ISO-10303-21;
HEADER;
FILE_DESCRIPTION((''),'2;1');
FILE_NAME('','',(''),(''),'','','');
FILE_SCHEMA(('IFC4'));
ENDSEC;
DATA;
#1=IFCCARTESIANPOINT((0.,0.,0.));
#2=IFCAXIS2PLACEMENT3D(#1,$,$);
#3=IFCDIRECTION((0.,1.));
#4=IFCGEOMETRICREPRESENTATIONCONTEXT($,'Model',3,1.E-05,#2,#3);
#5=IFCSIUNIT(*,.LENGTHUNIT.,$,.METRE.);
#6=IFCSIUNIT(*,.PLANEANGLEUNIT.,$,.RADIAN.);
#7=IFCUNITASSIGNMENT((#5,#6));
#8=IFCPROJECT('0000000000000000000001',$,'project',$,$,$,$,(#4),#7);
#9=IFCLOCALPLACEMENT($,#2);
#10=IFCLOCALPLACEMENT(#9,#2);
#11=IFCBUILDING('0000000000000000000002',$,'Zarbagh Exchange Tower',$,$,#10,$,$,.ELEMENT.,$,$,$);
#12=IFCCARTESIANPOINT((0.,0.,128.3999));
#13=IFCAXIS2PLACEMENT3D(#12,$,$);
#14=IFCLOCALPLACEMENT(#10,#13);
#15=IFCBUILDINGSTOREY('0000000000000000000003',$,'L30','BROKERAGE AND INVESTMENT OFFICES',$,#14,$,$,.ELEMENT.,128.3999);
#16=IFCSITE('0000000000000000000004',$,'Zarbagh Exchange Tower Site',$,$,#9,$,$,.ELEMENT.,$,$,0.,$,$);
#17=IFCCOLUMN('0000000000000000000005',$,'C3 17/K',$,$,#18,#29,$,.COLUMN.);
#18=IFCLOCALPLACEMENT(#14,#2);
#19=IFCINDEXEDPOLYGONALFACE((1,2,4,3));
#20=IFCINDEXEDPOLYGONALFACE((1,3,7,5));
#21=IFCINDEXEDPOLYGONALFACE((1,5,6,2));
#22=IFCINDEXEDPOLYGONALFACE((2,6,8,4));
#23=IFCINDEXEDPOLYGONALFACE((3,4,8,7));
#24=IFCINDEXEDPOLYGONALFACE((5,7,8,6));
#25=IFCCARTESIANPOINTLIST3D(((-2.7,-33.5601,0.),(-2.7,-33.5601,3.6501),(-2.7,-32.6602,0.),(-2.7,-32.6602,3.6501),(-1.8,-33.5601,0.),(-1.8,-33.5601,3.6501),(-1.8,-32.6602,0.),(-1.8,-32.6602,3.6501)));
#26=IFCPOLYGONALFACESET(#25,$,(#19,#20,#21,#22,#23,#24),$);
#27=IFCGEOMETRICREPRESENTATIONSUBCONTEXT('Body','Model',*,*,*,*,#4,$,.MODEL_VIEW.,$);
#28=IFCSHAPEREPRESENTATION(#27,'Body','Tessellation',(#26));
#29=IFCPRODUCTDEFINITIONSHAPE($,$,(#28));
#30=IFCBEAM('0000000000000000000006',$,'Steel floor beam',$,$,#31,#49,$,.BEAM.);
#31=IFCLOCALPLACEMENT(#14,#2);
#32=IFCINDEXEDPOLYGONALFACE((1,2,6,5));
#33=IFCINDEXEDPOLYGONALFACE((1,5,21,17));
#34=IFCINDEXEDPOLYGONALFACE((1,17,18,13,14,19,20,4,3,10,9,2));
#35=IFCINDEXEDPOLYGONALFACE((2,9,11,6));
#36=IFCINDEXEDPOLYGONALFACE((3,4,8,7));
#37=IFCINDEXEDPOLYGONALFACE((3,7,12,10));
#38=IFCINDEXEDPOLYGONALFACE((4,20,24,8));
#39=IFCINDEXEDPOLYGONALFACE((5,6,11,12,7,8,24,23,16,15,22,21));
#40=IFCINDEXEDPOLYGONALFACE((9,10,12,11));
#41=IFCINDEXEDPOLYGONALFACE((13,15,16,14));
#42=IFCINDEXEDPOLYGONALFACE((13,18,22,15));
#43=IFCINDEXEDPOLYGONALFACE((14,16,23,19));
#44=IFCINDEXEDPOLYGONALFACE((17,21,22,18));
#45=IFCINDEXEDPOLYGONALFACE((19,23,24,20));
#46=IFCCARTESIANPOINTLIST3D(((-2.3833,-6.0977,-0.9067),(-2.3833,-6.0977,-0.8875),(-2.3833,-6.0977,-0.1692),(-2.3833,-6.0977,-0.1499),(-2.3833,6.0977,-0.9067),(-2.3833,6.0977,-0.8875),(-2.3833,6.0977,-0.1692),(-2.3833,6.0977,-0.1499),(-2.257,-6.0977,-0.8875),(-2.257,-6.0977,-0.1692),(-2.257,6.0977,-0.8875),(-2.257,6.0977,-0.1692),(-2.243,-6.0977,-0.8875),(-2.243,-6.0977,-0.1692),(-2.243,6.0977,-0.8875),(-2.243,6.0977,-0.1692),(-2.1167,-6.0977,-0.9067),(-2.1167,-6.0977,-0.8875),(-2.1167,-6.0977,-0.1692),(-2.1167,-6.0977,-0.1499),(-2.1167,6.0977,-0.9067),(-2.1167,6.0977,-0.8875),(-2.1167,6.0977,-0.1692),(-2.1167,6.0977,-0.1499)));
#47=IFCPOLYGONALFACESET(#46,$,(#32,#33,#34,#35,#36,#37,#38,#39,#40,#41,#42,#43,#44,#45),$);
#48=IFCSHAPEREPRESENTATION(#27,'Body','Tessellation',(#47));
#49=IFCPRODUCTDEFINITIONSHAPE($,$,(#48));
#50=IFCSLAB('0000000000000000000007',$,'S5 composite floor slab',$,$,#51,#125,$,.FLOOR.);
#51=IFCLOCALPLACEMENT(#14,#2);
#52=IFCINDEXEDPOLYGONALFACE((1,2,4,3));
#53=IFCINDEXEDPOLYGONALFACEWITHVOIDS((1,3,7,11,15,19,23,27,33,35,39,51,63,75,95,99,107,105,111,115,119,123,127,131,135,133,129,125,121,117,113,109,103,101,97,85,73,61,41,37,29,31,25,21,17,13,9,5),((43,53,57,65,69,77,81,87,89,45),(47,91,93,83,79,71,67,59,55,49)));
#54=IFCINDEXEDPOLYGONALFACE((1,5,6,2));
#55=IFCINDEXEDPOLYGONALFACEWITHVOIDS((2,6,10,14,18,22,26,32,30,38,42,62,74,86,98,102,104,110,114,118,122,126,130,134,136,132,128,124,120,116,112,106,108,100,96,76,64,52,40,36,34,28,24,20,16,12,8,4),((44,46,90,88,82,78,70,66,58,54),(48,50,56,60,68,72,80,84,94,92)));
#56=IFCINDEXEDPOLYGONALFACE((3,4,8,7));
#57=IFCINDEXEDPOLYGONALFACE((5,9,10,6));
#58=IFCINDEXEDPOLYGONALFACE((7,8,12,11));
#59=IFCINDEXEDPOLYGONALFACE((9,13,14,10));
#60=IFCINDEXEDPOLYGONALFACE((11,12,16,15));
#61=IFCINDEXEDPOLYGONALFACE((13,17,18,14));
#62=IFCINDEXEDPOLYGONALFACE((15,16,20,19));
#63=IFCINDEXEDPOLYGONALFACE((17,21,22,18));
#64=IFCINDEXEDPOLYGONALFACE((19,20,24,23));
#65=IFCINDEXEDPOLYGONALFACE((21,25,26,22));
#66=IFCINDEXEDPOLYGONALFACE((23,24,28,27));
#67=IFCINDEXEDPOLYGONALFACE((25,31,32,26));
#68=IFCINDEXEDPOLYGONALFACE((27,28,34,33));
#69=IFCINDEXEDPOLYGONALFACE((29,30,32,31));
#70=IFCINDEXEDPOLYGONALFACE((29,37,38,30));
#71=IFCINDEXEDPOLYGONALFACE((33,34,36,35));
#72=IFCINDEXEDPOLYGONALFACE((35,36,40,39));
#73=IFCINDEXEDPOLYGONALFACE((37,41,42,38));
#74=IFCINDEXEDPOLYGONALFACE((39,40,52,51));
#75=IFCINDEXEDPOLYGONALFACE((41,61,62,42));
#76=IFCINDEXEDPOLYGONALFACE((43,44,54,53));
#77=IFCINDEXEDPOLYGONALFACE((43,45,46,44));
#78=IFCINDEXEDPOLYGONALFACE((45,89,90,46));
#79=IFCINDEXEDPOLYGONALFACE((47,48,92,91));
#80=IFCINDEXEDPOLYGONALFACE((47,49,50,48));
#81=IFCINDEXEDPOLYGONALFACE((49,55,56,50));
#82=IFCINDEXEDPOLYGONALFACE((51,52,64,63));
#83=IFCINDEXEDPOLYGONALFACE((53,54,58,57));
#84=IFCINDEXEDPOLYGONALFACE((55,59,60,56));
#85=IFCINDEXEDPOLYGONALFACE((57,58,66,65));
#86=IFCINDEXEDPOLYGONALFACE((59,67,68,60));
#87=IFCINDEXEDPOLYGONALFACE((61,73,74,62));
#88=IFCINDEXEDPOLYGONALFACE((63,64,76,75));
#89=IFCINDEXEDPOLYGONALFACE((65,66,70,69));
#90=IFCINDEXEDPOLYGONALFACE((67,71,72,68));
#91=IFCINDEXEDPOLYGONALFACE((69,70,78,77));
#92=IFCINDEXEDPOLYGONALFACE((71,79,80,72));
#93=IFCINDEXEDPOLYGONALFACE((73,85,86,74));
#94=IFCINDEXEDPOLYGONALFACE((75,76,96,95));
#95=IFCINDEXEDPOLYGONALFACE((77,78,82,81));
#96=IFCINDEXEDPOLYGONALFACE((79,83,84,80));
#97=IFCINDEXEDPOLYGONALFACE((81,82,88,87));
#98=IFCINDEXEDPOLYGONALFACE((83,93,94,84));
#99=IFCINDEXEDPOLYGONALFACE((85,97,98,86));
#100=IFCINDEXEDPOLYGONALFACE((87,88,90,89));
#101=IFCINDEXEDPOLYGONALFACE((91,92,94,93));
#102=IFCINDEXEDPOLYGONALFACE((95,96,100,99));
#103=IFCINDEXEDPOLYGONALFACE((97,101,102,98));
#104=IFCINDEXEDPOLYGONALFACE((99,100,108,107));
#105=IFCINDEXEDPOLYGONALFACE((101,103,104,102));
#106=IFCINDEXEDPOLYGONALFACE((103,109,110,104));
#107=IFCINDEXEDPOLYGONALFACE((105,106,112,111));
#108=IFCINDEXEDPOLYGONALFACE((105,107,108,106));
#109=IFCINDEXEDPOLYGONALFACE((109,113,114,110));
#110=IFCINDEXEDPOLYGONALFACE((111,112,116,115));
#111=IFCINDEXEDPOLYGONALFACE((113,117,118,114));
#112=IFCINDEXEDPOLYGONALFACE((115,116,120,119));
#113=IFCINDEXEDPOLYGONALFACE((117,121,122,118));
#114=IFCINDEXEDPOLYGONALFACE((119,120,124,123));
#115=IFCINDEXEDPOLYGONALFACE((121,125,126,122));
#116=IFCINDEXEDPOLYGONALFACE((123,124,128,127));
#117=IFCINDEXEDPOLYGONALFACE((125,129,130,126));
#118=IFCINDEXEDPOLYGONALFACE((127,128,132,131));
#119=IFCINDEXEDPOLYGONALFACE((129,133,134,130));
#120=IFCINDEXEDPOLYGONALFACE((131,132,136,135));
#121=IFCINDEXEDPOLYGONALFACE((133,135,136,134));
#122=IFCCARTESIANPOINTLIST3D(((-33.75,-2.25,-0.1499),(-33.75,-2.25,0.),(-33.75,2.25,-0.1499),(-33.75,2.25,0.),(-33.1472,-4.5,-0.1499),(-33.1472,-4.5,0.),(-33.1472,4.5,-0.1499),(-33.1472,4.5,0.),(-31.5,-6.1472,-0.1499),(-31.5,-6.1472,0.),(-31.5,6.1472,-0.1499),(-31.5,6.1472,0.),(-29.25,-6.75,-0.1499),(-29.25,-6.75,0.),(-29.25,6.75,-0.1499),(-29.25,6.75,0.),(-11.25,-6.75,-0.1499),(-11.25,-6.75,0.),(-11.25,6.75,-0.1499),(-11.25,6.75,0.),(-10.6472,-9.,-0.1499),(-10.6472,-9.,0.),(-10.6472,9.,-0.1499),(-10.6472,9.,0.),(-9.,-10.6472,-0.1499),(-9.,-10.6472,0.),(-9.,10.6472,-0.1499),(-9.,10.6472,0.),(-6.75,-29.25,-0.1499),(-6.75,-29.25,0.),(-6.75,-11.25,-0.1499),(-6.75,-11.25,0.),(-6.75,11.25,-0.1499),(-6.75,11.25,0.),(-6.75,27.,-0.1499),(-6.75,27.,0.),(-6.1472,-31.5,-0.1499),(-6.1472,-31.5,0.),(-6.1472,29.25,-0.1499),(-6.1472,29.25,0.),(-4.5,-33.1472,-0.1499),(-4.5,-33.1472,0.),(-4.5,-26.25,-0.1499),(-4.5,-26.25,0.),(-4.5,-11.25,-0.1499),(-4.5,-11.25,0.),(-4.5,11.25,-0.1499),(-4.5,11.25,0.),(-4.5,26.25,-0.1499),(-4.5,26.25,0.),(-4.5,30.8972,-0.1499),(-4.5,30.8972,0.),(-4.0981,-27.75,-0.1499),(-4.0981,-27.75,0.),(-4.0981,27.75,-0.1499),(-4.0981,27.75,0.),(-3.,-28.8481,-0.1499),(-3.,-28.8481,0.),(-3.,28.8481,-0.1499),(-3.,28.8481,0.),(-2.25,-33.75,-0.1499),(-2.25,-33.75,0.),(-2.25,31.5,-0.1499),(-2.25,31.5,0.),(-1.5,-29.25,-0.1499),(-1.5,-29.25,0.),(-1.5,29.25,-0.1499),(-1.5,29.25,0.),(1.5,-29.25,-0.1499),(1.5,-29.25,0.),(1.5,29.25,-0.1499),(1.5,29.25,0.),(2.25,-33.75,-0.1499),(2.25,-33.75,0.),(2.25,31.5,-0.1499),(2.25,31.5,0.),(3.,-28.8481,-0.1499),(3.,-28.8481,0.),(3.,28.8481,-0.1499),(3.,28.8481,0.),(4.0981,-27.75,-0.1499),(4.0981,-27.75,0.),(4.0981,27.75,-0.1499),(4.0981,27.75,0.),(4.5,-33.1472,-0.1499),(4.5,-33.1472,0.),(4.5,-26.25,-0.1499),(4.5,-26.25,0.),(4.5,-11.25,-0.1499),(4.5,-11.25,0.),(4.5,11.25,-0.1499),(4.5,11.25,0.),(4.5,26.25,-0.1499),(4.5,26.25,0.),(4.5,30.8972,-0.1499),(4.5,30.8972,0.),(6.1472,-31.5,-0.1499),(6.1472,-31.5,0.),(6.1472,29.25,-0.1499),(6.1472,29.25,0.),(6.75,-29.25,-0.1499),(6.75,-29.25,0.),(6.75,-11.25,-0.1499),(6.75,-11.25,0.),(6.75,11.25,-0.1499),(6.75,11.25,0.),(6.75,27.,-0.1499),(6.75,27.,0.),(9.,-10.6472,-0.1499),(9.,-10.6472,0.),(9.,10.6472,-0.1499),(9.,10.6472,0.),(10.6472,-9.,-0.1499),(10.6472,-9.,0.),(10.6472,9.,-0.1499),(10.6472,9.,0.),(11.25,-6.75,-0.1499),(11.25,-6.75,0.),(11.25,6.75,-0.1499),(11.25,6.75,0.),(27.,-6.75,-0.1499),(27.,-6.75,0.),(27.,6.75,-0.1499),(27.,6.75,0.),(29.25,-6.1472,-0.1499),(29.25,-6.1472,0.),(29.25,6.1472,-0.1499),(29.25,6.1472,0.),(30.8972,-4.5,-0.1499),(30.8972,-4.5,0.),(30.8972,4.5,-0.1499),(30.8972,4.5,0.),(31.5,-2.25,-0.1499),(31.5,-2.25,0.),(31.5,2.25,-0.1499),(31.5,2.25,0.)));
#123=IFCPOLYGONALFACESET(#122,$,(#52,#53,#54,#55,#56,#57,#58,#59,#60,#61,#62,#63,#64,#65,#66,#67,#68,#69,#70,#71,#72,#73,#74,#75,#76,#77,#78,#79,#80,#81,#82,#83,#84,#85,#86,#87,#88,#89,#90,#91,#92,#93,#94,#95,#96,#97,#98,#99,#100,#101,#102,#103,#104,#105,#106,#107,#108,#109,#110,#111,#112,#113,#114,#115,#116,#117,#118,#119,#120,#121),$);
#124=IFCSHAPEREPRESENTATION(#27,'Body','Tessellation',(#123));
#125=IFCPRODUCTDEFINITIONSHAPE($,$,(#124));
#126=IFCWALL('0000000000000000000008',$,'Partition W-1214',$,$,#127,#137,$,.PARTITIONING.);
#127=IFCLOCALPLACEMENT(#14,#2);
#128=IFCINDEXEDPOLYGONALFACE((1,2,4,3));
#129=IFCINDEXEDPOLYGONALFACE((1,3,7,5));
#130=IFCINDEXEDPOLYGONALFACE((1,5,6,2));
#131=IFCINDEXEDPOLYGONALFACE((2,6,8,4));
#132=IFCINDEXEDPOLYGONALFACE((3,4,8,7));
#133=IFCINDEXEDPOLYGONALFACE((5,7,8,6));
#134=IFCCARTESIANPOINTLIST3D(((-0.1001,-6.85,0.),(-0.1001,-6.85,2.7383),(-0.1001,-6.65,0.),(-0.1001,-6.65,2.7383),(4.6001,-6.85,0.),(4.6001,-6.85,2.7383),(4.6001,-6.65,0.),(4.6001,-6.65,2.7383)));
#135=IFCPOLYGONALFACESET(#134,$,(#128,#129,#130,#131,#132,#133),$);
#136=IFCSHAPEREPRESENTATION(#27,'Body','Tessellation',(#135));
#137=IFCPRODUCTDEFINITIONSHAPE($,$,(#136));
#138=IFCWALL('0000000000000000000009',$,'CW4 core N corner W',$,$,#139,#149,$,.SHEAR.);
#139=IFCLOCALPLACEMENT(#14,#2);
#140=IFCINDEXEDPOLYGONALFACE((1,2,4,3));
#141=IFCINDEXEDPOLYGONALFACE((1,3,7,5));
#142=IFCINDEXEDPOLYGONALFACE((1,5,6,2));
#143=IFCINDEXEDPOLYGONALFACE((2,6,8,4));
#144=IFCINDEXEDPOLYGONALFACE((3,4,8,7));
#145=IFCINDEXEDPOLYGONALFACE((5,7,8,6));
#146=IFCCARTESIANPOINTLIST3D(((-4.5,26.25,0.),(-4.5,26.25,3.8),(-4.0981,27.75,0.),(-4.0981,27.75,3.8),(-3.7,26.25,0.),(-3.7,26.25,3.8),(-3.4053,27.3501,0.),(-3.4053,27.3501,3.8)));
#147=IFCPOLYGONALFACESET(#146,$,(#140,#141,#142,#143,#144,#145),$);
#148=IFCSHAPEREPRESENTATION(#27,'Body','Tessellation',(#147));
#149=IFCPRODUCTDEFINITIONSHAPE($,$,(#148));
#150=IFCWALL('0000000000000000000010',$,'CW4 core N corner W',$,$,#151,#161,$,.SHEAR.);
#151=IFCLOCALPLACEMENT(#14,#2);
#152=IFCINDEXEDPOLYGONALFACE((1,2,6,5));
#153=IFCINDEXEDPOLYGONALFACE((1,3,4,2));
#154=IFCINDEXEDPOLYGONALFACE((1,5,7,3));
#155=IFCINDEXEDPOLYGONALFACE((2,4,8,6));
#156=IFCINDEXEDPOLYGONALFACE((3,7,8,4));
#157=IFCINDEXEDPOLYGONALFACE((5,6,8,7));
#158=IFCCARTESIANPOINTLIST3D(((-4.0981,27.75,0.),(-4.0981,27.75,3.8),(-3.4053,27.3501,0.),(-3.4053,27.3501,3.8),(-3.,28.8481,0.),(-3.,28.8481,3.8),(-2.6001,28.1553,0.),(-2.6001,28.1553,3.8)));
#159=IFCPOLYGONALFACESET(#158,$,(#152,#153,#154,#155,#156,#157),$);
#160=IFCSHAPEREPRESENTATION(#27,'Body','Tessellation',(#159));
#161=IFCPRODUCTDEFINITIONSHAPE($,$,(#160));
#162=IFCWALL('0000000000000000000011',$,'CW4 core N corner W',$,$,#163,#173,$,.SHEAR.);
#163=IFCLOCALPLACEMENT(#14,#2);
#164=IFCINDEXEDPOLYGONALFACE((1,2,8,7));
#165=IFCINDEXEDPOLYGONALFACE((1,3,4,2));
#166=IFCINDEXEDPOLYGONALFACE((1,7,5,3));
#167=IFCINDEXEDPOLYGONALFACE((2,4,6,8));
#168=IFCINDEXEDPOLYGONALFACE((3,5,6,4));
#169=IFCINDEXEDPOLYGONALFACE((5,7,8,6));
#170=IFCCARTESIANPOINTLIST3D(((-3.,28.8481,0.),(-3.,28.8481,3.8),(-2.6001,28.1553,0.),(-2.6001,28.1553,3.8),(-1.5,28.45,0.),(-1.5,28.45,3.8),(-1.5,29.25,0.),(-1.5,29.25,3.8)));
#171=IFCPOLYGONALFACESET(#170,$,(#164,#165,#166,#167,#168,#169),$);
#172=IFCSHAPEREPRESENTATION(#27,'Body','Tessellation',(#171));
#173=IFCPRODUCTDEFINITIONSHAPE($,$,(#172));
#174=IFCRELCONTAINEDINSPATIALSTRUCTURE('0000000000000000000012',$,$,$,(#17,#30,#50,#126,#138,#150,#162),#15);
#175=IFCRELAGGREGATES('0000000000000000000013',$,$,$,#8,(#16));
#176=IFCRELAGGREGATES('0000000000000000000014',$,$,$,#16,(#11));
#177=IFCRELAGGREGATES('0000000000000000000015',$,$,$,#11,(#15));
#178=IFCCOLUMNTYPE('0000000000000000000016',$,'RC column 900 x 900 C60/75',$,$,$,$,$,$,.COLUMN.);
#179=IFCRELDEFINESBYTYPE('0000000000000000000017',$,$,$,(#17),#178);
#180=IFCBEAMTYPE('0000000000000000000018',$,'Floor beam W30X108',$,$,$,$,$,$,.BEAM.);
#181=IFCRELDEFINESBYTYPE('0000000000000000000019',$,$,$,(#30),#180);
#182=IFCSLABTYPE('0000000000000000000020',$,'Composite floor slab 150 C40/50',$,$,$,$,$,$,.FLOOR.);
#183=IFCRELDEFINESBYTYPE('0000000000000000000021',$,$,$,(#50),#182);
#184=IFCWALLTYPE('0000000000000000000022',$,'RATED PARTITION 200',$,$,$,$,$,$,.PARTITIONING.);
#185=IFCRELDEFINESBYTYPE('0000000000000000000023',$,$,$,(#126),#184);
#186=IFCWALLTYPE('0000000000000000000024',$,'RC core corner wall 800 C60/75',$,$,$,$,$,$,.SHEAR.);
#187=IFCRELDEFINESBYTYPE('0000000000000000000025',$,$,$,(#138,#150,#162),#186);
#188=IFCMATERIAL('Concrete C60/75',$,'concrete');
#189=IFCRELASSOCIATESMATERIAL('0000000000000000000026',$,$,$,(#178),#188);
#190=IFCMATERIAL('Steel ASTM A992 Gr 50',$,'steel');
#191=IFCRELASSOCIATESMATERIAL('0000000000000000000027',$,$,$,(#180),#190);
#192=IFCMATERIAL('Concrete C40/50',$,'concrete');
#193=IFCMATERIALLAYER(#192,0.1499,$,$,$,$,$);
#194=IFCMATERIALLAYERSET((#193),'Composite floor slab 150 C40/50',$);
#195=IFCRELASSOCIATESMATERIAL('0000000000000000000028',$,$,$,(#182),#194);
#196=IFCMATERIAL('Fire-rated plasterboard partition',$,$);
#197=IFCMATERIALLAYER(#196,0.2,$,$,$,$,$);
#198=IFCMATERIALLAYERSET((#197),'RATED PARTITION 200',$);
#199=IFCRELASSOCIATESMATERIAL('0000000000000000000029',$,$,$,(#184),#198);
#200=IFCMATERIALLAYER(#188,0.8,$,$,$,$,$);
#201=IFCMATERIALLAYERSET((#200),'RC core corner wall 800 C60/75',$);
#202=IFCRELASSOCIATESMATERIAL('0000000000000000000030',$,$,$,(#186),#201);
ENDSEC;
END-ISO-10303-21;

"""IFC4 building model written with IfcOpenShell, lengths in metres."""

from ifc_helpers import new_model, si_unit, direction, frame, frame_2d, origin, origin_2d, place, context, subcontext, project, spatial, polyline, rectangle, i_section, outline, extrude, material, layer, layer_set, material_profile, profile_set, type_object, element, save


model = new_model("IFC4")

# Units and contexts
model_context = context("Model", 3, precision=1e-05, world=origin(), true_north=direction((0.0, 1.0)))
body_context = subcontext(model_context, "Body", "Model", "MODEL_VIEW")
ifc_project = project(units=[si_unit("LENGTHUNIT", "METRE"), si_unit("PLANEANGLEUNIT", "RADIAN")], contexts=[model_context])

# Site, building, storey
site_placement = place(None, origin())
site = spatial("IfcSite", under=ifc_project, at=site_placement, Name="Zarbagh Exchange Tower Site", CompositionType="ELEMENT", RefElevation=0.0)
building_placement = place(site_placement, origin())
building = spatial("IfcBuilding", under=site, at=building_placement, Name="Zarbagh Exchange Tower", CompositionType="ELEMENT")
storey_placement = place(building_placement, frame((0.0, 0.0, 128.3999)))
storey = spatial("IfcBuildingStorey", under=building, at=storey_placement, Name="L30", Description="BROKERAGE AND INVESTMENT OFFICES", CompositionType="ELEMENT", Elevation=128.3999)

# Column
ifc_material_1 = material(Name="Concrete C60/75", Category="concrete")
ifc_material_profile_1 = material_profile(ifc_material_1, rectangle(XDim=0.8999, YDim=0.8999, at=origin_2d()), Name="RC column 900 x 900 C60/75")
ifc_profile_set_1 = profile_set([ifc_material_profile_1], Name="Concrete C60/75")
column_type = type_object("IfcColumnType", Name="RC column 900 x 900 C60/75", PredefinedType="COLUMN", material=ifc_profile_set_1)
column_placement = place(storey_placement, frame((-2.25, -33.1101, 0.0), z_axis=(0.0, 0.0, 1.0), x_axis=(1.0, 0.0, 0.0)))
element("IfcColumn", 1, at=column_placement, inside=storey, type_object=column_type, Name="C3 17/K", PredefinedType="COLUMN", context=body_context, shape_type="SweptSolid", body=[
    extrude(rectangle(XDim=0.8999, YDim=0.8999, at=origin_2d()), origin(), (0.0, 0.0, 1.0), 3.6501),
])

# Beam
ifc_material_2 = material(Name="Steel ASTM A992 Gr 50", Category="steel")
ifc_material_profile_2 = material_profile(ifc_material_2, i_section(OverallWidth=0.2666, OverallDepth=0.7568, WebThickness=0.0139, FlangeThickness=0.0193, at=origin_2d()), Name="W30X108")
ifc_profile_set_2 = profile_set([ifc_material_profile_2], Name="Steel ASTM A992 Gr 50")
beam_type = type_object("IfcBeamType", Name="Floor beam W30X108", PredefinedType="BEAM", material=ifc_profile_set_2)
beam_placement = place(storey_placement, frame((-2.25, -6.0977, -0.5283), z_axis=(0.0, 1.0, 0.0), x_axis=(-1.0, 0.0, 0.0)))
element("IfcBeam", 2, at=beam_placement, inside=storey, type_object=beam_type, Name="Steel floor beam", PredefinedType="BEAM", context=body_context, shape_type="SweptSolid", body=[
    extrude(i_section(OverallWidth=0.2666, OverallDepth=0.7568, WebThickness=0.0139, FlangeThickness=0.0193, at=origin_2d()), origin(), (0.0, 0.0, 1.0), 12.1953),
])

# Slab
ifc_material_3 = material(Name="Concrete C40/50", Category="concrete")
ifc_layer_1 = layer(ifc_material_3, 0.1499)
ifc_layer_set_1 = layer_set([ifc_layer_1], Name="Composite floor slab 150 C40/50")
slab_type = type_object("IfcSlabType", Name="Composite floor slab 150 C40/50", PredefinedType="FLOOR", material=ifc_layer_set_1)
slab_placement = place(storey_placement, frame((0.0, 0.0, -0.1499)))
element("IfcSlab", 3, at=slab_placement, inside=storey, type_object=slab_type, Name="S5 composite floor slab", PredefinedType="FLOOR", context=body_context, shape_type="SweptSolid", body=[
    extrude(outline(polyline([(-2.25, -33.75), (-4.5, -33.1472), (-6.1472, -31.5), (-6.75, -29.25), (-6.75, -11.25), (-9.0, -10.6472), (-10.6472, -9.0), (-11.25, -6.75), (-29.25, -6.75), (-31.5, -6.1472), (-33.1472, -4.5), (-33.75, -2.25), (-33.75, 2.25), (-33.1472, 4.5), (-31.5, 6.1472), (-29.25, 6.75), (-11.25, 6.75), (-10.6472, 9.0), (-9.0, 10.6472), (-6.75, 11.25), (-6.75, 27.0), (-6.1472, 29.25), (-4.5, 30.8972), (-2.25, 31.5), (2.25, 31.5), (4.5, 30.8972), (6.1472, 29.25), (6.75, 27.0), (6.75, 11.25), (9.0, 10.6472), (10.6472, 9.0), (11.25, 6.75), (27.0, 6.75), (29.25, 6.1472), (30.8972, 4.5), (31.5, 2.25), (31.5, -2.25), (30.8972, -4.5), (29.25, -6.1472), (27.0, -6.75), (11.25, -6.75), (10.6472, -9.0), (9.0, -10.6472), (6.75, -11.25), (6.75, -29.25), (6.1472, -31.5), (4.5, -33.1472), (2.25, -33.75), (-2.25, -33.75)]), holes=[polyline([(4.5, 11.25), (4.5, 26.25), (4.0981, 27.75), (3.0, 28.8481), (1.5, 29.25), (-1.5, 29.25), (-3.0, 28.8481), (-4.0981, 27.75), (-4.5, 26.25), (-4.5, 11.25), (4.5, 11.25)]), polyline([(-1.5, -29.25), (1.5, -29.25), (3.0, -28.8481), (4.0981, -27.75), (4.5, -26.25), (4.5, -11.25), (-4.5, -11.25), (-4.5, -26.25), (-4.0981, -27.75), (-3.0, -28.8481), (-1.5, -29.25)])]), origin(), (0.0, 0.0, 1.0), 0.1499),
])

# Walls
ifc_material_4 = material(Name="Fire-rated plasterboard partition")
ifc_layer_2 = layer(ifc_material_4, 0.2)
ifc_layer_set_2 = layer_set([ifc_layer_2], Name="RATED PARTITION 200")
wall_type_1 = type_object("IfcWallType", Name="RATED PARTITION 200", PredefinedType="PARTITIONING", material=ifc_layer_set_2)
wall_1_placement = place(storey_placement, frame((-0.1001, -6.75, 0.0), z_axis=(0.0, 0.0, 1.0), x_axis=(1.0, 0.0, 0.0)))
element("IfcWall", 4, at=wall_1_placement, inside=storey, type_object=wall_type_1, Name="Partition W-1214", PredefinedType="PARTITIONING", context=body_context, shape_type="SweptSolid", body=[
    extrude(rectangle(XDim=4.7002, YDim=0.2, at=frame_2d((2.3501, 0.0))), origin(), (0.0, 0.0, 1.0), 2.7383),
])
ifc_layer_3 = layer(ifc_material_1, 0.8)
ifc_layer_set_3 = layer_set([ifc_layer_3], Name="RC core corner wall 800 C60/75")
wall_type_2 = type_object("IfcWallType", Name="RC core corner wall 800 C60/75", PredefinedType="SHEAR", material=ifc_layer_set_3)
wall_2_placement = place(storey_placement, origin())
element("IfcWall", 5, at=wall_2_placement, inside=storey, type_object=wall_type_2, Name="CW4 core N corner W", PredefinedType="SHEAR", context=body_context, shape_type="SweptSolid", body=[
    extrude(outline(polyline([(-4.5, 26.25), (-4.0981, 27.75), (-3.4053, 27.3501), (-3.7, 26.25), (-4.5, 26.25)])), origin(), (0.0, 0.0, 1.0), 3.8),
])
wall_3_placement = place(storey_placement, origin())
element("IfcWall", 6, at=wall_3_placement, inside=storey, type_object=wall_type_2, Name="CW4 core N corner W", PredefinedType="SHEAR", context=body_context, shape_type="SweptSolid", body=[
    extrude(outline(polyline([(-4.0981, 27.75), (-3.0, 28.8481), (-2.6001, 28.1553), (-3.4053, 27.3501), (-4.0981, 27.75)])), origin(), (0.0, 0.0, 1.0), 3.8),
])
wall_4_placement = place(storey_placement, origin())
element("IfcWall", 7, at=wall_4_placement, inside=storey, type_object=wall_type_2, Name="CW4 core N corner W", PredefinedType="SHEAR", context=body_context, shape_type="SweptSolid", body=[
    extrude(outline(polyline([(-3.0, 28.8481), (-1.5, 29.25), (-1.5, 28.45), (-2.6001, 28.1553), (-3.0, 28.8481)])), origin(), (0.0, 0.0, 1.0), 3.8),
])

save(model, "model.ifc")
